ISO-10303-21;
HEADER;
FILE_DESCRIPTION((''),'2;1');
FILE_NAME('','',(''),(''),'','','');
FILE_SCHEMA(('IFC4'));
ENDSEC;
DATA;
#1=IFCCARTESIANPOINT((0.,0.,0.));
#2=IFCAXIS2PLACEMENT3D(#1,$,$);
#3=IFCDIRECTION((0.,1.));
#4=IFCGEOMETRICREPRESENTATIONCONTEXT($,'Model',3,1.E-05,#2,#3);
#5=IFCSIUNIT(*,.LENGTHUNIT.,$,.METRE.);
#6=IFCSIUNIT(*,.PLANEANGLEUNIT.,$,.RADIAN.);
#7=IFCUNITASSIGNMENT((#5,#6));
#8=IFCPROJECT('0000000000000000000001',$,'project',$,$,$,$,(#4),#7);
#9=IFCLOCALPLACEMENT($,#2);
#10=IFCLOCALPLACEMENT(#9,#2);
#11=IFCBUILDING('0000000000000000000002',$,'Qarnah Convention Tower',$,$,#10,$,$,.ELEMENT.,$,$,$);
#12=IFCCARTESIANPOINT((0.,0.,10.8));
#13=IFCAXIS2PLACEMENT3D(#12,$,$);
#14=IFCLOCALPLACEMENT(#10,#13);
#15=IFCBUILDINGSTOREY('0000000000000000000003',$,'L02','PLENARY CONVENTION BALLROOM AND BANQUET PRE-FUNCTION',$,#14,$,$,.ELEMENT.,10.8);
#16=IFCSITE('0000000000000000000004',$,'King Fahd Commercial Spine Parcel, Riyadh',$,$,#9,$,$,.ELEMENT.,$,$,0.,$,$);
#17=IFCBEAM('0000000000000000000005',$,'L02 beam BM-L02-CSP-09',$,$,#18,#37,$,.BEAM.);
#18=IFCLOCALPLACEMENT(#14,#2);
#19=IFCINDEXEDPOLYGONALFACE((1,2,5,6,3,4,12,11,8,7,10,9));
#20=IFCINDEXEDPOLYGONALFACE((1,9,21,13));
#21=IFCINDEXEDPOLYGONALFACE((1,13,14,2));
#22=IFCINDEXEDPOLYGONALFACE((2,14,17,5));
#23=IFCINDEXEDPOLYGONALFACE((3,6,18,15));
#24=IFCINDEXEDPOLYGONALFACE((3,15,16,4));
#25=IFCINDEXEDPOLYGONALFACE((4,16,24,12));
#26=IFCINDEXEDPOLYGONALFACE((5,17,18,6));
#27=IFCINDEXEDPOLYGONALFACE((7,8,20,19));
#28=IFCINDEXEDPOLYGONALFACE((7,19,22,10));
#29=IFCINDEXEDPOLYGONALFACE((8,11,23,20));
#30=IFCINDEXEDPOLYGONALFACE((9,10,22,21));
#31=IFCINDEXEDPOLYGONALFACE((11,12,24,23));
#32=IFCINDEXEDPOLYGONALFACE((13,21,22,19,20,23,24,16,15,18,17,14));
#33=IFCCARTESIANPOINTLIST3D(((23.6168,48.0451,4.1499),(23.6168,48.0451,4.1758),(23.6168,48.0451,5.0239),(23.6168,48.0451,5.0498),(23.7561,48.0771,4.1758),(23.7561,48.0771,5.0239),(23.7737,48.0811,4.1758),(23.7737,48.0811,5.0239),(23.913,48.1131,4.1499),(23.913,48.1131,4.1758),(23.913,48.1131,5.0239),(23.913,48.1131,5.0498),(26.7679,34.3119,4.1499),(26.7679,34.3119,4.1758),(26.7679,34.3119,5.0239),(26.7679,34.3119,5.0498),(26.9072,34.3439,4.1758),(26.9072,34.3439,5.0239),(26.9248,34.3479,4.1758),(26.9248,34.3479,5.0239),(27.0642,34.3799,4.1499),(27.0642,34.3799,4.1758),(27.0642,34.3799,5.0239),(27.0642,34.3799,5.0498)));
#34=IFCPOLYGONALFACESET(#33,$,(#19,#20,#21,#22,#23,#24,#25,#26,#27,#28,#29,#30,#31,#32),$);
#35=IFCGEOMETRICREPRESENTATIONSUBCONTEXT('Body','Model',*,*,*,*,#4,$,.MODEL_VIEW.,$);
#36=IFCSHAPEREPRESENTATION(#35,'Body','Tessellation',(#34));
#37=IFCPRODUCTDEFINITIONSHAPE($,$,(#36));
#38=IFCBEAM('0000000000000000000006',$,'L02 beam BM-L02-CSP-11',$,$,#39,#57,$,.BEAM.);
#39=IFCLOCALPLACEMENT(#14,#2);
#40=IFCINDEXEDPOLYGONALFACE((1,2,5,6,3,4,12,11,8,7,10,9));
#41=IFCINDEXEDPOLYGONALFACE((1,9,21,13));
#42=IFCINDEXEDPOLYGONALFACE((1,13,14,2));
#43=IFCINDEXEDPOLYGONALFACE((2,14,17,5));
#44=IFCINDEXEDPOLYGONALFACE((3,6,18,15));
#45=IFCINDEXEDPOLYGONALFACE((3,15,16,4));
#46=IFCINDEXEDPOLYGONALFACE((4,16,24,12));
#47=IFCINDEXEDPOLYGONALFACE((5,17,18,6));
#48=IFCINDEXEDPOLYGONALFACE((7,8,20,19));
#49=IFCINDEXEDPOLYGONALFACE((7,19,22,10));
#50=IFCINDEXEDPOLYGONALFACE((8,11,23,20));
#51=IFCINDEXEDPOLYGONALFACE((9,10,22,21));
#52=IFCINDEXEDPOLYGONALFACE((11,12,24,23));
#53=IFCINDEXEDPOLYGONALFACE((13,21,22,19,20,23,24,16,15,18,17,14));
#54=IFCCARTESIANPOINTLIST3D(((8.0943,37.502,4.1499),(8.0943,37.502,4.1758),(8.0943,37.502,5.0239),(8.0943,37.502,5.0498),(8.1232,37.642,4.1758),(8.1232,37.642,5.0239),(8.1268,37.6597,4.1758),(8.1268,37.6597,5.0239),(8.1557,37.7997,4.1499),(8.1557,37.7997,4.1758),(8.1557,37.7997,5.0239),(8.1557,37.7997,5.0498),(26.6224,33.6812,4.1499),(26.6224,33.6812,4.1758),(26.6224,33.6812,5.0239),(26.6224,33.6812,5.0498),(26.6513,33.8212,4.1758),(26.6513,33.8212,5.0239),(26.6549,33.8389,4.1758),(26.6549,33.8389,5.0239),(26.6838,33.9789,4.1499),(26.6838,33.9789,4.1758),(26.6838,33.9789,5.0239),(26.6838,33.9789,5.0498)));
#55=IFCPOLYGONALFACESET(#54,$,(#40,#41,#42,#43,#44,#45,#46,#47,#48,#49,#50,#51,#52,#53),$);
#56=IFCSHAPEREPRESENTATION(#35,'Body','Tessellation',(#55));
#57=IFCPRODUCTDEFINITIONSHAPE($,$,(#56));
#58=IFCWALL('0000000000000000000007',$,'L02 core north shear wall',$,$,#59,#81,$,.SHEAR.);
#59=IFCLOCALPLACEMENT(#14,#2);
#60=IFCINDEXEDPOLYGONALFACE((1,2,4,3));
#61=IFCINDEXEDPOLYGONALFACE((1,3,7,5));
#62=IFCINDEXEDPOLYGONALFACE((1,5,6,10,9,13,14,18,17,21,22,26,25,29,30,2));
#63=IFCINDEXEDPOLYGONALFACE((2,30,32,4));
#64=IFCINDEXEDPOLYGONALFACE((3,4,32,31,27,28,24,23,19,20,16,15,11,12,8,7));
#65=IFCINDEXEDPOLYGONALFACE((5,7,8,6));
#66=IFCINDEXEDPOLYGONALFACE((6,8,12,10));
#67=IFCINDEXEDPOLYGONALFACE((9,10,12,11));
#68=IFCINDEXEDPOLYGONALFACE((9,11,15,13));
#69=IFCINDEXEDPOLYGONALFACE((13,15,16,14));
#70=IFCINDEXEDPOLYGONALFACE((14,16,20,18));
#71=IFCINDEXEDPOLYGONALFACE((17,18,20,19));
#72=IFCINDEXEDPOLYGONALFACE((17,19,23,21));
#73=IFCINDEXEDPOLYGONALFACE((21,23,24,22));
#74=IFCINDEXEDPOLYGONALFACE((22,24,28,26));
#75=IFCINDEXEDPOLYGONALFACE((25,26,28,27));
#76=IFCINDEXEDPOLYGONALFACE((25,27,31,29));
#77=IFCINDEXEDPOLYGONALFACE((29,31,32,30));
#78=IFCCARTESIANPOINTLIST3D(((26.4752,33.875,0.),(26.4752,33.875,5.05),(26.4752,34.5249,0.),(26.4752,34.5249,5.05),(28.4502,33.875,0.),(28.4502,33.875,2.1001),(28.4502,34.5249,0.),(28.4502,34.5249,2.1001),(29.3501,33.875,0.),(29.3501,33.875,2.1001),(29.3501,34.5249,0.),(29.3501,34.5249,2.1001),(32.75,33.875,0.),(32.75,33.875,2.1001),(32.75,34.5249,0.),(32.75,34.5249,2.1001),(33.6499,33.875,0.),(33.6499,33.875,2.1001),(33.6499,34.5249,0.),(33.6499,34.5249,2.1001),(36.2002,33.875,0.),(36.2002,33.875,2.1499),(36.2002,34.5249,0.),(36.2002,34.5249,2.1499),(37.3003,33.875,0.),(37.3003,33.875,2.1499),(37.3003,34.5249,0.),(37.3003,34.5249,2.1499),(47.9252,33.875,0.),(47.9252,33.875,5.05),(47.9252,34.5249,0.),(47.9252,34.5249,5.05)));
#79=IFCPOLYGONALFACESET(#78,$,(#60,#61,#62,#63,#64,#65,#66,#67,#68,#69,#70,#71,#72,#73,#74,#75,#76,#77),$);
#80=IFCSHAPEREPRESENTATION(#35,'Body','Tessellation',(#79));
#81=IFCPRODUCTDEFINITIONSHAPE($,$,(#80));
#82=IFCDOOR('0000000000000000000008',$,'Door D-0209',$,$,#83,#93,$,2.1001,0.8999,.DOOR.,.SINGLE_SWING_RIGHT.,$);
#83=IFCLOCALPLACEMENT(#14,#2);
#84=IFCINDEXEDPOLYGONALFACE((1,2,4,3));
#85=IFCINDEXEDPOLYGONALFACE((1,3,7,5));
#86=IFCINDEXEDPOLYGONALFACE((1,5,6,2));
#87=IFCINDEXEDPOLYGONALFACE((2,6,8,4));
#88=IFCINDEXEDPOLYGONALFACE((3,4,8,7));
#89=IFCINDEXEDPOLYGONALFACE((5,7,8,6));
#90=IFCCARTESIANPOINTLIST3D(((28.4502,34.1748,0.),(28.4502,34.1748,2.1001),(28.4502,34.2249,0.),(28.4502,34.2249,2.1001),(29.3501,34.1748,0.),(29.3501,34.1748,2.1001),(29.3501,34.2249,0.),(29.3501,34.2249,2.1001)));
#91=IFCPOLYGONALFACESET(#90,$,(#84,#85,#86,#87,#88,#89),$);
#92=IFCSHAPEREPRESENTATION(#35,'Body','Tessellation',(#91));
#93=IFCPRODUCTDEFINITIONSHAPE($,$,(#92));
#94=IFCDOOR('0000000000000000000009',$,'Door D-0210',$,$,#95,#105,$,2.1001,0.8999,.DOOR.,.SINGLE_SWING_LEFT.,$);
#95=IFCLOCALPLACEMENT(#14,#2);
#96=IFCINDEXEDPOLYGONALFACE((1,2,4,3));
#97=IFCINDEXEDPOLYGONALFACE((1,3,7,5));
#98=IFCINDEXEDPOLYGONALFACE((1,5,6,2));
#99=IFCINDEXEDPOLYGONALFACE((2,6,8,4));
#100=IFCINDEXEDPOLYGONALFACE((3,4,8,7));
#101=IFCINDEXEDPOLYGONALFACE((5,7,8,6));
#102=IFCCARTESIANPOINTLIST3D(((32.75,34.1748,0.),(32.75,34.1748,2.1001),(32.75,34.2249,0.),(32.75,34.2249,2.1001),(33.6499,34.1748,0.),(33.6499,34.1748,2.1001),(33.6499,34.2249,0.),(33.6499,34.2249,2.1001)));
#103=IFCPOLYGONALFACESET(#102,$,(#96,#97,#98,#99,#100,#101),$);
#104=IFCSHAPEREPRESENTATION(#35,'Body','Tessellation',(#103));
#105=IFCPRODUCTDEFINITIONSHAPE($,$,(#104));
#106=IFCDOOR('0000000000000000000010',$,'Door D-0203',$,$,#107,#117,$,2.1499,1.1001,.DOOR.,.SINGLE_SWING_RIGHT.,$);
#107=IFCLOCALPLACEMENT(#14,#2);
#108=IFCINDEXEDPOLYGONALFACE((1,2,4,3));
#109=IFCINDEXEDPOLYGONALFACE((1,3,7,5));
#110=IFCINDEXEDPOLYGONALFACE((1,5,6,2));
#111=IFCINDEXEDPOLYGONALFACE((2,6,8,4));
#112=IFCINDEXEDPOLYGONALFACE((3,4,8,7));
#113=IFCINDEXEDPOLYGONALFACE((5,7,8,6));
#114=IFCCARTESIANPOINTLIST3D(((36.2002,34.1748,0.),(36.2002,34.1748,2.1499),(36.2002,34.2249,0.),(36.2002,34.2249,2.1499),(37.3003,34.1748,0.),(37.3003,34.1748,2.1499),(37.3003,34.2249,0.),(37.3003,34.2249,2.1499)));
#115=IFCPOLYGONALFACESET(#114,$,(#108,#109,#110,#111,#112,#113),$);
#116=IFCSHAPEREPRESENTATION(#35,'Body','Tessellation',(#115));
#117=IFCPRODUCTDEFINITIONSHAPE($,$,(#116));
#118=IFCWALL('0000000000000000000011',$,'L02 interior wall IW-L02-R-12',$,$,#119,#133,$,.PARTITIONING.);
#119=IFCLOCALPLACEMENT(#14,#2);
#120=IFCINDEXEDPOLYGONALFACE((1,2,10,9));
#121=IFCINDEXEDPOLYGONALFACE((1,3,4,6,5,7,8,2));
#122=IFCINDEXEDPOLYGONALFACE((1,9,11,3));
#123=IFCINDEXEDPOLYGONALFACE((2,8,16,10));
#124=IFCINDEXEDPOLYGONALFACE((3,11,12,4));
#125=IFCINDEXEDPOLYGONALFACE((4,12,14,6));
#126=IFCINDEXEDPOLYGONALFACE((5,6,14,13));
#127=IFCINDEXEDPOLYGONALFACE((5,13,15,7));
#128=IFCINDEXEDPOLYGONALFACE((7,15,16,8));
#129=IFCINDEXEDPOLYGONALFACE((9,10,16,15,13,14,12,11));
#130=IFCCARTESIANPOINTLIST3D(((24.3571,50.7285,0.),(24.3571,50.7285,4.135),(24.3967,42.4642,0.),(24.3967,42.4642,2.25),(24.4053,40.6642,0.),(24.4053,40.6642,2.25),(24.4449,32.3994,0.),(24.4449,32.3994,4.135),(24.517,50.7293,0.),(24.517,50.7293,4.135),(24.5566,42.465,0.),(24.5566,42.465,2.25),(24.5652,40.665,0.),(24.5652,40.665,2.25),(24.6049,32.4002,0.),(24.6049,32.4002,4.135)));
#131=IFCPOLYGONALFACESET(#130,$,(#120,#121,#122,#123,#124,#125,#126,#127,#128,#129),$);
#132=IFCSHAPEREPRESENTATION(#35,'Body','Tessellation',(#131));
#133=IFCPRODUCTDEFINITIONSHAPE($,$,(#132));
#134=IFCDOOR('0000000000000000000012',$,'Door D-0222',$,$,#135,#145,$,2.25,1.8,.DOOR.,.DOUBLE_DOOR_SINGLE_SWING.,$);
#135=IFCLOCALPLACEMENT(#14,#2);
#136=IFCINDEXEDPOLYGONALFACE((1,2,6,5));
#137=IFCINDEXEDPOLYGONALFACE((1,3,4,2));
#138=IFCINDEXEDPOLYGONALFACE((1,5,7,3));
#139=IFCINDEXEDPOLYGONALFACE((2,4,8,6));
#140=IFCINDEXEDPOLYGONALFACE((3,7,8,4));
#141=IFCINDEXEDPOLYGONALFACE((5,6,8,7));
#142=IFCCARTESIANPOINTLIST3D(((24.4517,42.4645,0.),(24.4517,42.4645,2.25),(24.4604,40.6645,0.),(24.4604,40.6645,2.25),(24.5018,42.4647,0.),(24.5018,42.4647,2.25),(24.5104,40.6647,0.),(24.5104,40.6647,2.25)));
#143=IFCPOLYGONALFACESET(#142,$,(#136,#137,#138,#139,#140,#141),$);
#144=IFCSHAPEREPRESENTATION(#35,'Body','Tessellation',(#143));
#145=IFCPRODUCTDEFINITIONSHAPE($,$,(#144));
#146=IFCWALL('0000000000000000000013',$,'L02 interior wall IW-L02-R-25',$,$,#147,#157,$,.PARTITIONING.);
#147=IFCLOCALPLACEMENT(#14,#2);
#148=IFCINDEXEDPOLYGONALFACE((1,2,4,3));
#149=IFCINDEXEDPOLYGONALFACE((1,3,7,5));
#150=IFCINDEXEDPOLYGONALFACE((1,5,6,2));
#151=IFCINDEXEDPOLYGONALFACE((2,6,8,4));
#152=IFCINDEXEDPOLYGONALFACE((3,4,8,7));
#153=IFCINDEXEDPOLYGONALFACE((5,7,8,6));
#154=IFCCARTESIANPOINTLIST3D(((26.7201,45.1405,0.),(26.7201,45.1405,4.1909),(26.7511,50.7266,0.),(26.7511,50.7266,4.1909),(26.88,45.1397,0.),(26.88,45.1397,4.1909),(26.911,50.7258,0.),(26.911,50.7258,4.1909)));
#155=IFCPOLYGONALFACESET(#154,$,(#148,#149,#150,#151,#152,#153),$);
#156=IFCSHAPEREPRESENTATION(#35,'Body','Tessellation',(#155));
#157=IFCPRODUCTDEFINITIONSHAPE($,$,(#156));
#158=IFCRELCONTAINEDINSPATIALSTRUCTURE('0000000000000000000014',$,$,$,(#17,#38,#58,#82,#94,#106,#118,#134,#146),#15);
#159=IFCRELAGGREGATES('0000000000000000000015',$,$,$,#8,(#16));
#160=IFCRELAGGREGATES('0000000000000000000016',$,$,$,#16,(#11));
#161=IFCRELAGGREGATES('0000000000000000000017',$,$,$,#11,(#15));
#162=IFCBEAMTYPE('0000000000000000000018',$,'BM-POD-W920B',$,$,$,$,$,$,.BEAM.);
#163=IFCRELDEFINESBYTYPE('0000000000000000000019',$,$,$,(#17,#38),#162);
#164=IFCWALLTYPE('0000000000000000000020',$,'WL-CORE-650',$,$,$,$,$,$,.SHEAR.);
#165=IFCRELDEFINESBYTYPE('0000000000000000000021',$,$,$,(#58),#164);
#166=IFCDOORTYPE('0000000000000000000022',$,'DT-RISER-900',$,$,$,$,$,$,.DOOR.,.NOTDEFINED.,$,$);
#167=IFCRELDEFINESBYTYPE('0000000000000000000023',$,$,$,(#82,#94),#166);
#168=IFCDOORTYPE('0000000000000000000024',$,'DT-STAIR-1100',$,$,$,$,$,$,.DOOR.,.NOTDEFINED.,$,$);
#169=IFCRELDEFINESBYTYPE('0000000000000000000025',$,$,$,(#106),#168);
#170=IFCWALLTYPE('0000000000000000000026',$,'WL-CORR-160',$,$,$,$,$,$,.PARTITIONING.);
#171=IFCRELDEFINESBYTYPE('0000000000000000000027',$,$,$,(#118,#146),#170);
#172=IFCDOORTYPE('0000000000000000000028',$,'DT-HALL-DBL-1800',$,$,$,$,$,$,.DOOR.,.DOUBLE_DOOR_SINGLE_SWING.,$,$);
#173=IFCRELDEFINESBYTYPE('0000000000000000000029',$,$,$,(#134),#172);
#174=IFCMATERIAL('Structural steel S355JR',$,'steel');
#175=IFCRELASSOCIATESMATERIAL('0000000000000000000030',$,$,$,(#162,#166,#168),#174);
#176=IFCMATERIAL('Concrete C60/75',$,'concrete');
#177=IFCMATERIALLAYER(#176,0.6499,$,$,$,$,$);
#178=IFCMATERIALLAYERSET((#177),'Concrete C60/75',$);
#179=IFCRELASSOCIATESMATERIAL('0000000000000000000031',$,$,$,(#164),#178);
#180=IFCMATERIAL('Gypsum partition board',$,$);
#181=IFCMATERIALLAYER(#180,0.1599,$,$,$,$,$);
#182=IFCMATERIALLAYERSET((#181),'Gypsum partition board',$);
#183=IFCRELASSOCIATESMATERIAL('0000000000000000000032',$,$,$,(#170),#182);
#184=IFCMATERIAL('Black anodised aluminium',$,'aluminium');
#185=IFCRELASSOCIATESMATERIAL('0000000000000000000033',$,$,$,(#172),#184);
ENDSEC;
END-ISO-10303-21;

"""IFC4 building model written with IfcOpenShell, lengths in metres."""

from ifc_helpers import new_model, si_unit, direction, frame, frame_2d, origin, origin_2d, place, context, subcontext, project, spatial, rectangle, i_section, extrude, material, layer, layer_set, material_profile, profile_set, type_object, element, fill, save


model = new_model("IFC4")

# Units and contexts
model_context = context("Model", 3, precision=1e-05, world=origin(), true_north=direction((0.0, 1.0)))
body_context = subcontext(model_context, "Body", "Model", "MODEL_VIEW")
ifc_project = project(units=[si_unit("LENGTHUNIT", "METRE"), si_unit("PLANEANGLEUNIT", "RADIAN")], contexts=[model_context])

# Site, building, storey
site_placement = place(None, origin())
site = spatial("IfcSite", under=ifc_project, at=site_placement, Name="King Fahd Commercial Spine Parcel, Riyadh", CompositionType="ELEMENT", RefElevation=0.0)
building_placement = place(site_placement, origin())
building = spatial("IfcBuilding", under=site, at=building_placement, Name="Qarnah Convention Tower", CompositionType="ELEMENT")
storey_placement = place(building_placement, frame((0.0, 0.0, 10.8)))
storey = spatial("IfcBuildingStorey", under=building, at=storey_placement, Name="L02", Description="PLENARY CONVENTION BALLROOM AND BANQUET PRE-FUNCTION", CompositionType="ELEMENT", Elevation=10.8)

# Shared definitions
ifc_material_1 = material(Name="Concrete C60/75", Category="concrete")

# Beams
ifc_material_2 = material(Name="Structural steel S355JR", Category="steel")
ifc_material_profile_1 = material_profile(ifc_material_2, i_section(OverallWidth=0.304, OverallDepth=0.8999, WebThickness=0.0181, FlangeThickness=0.0259, at=origin_2d()), Name="W920X271")
ifc_profile_set_1 = profile_set([ifc_material_profile_1], Name="Structural steel S355JR")
beam_type_1 = type_object("IfcBeamType", Name="BM-POD-W920B", PredefinedType="BEAM", material=ifc_profile_set_1)
beam_1_placement = place(storey_placement, frame((23.7649, 48.0791, 4.5999), z_axis=(0.223642, -0.974671, 0.0), x_axis=(0.974671, 0.223642, 0.0)))
element("IfcBeam", 1, at=beam_1_placement, inside=storey, type_object=beam_type_1, Name="L02 beam BM-L02-CSP-09", PredefinedType="BEAM", context=body_context, shape_type="SweptSolid", body=[
    extrude(i_section(OverallWidth=0.304, OverallDepth=0.8999, WebThickness=0.0181, FlangeThickness=0.0259, at=origin_2d()), origin(), (0.0, 0.0, 1.0), 14.0901),
])
beam_2_placement = place(storey_placement, frame((8.125, 37.6509, 4.5999), z_axis=(0.979392, -0.201967, 0.0), x_axis=(0.201967, 0.979392, 0.0)))
element("IfcBeam", 2, at=beam_2_placement, inside=storey, type_object=beam_type_1, Name="L02 beam BM-L02-CSP-11", PredefinedType="BEAM", context=body_context, shape_type="SweptSolid", body=[
    extrude(i_section(OverallWidth=0.304, OverallDepth=0.8999, WebThickness=0.0181, FlangeThickness=0.0259, at=origin_2d()), origin(), (0.0, 0.0, 1.0), 18.918),
])

# Wall, openings, doors
ifc_layer_1 = layer(ifc_material_1, 0.6499)
ifc_layer_set_1 = layer_set([ifc_layer_1], Name="Concrete C60/75")
wall_type_1 = type_object("IfcWallType", Name="WL-CORE-650", PredefinedType="SHEAR", material=ifc_layer_set_1)
wall_1_placement = place(storey_placement, frame((26.4751, 34.2, 0.0), z_axis=(0.0, 0.0, 1.0), x_axis=(1.0, 0.0, 0.0)))
wall_1 = element("IfcWall", 3, at=wall_1_placement, inside=storey, type_object=wall_type_1, Name="L02 core north shear wall", PredefinedType="SHEAR", context=body_context, shape_type="SweptSolid", body=[
    extrude(rectangle(XDim=21.45, YDim=0.6499, at=frame_2d((10.7251, 0.0))), origin(), (0.0, 0.0, 1.0), 5.05),
])
opening_1_placement = place(wall_1_placement, frame((9.7251, 0.0, 0.0)))
opening_1 = element("IfcOpeningElement", 4, at=opening_1_placement, cuts=wall_1, PredefinedType="OPENING", context=body_context, shape_type="SweptSolid", body=[
    extrude(rectangle(XDim=1.1001, YDim=2.1499, at=frame_2d((0.55, 1.075))), frame((0.0, 0.335, 0.0), z_axis=(0.0, -1.0, 0.0), x_axis=(1.0, 0.0, 0.0)), (0.0, 0.0, 1.0), 0.6699),
])
opening_2_placement = place(wall_1_placement, frame((1.9751, 0.0, 0.0)))
opening_2 = element("IfcOpeningElement", 5, at=opening_2_placement, cuts=wall_1, PredefinedType="OPENING", context=body_context, shape_type="SweptSolid", body=[
    extrude(rectangle(XDim=0.8999, YDim=2.1001, at=frame_2d((0.45, 1.05))), frame((0.0, 0.335, 0.0), z_axis=(0.0, -1.0, 0.0), x_axis=(1.0, 0.0, 0.0)), (0.0, 0.0, 1.0), 0.6699),
])
opening_3_placement = place(wall_1_placement, frame((6.2749, 0.0, 0.0)))
opening_3 = element("IfcOpeningElement", 6, at=opening_3_placement, cuts=wall_1, PredefinedType="OPENING", context=body_context, shape_type="SweptSolid", body=[
    extrude(rectangle(XDim=0.8999, YDim=2.1001, at=frame_2d((0.45, 1.05))), frame((0.0, 0.335, 0.0), z_axis=(0.0, -1.0, 0.0), x_axis=(1.0, 0.0, 0.0)), (0.0, 0.0, 1.0), 0.6699),
])
door_type_1 = type_object("IfcDoorType", Name="DT-RISER-900", OperationType="NOTDEFINED", PredefinedType="DOOR", material=ifc_material_2)
door_1_placement = place(opening_2_placement, origin())
door_1 = element("IfcDoor", 7, at=door_1_placement, inside=storey, type_object=door_type_1, Name="Door D-0209", OperationType="SINGLE_SWING_RIGHT", OverallHeight=2.1001, OverallWidth=0.8999, PredefinedType="DOOR", context=body_context, shape_type="SweptSolid", body=[
    extrude(rectangle(XDim=0.8999, YDim=2.1001, at=frame_2d((0.45, 1.05))), frame((0.0, 0.0249, 0.0), z_axis=(0.0, -1.0, 0.0), x_axis=(1.0, 0.0, 0.0)), (0.0, 0.0, 1.0), 0.05),
])
fill(opening_2, door_1)
door_2_placement = place(opening_3_placement, origin())
door_2 = element("IfcDoor", 8, at=door_2_placement, inside=storey, type_object=door_type_1, Name="Door D-0210", OperationType="SINGLE_SWING_LEFT", OverallHeight=2.1001, OverallWidth=0.8999, PredefinedType="DOOR", context=body_context, shape_type="SweptSolid", body=[
    extrude(rectangle(XDim=0.8999, YDim=2.1001, at=frame_2d((0.45, 1.05))), frame((0.0, 0.0249, 0.0), z_axis=(0.0, -1.0, 0.0), x_axis=(1.0, 0.0, 0.0)), (0.0, 0.0, 1.0), 0.05),
])
fill(opening_3, door_2)
door_type_2 = type_object("IfcDoorType", Name="DT-STAIR-1100", OperationType="NOTDEFINED", PredefinedType="DOOR", material=ifc_material_2)
door_3_placement = place(opening_1_placement, origin())
door_3 = element("IfcDoor", 9, at=door_3_placement, inside=storey, type_object=door_type_2, Name="Door D-0203", OperationType="SINGLE_SWING_RIGHT", OverallHeight=2.1499, OverallWidth=1.1001, PredefinedType="DOOR", context=body_context, shape_type="SweptSolid", body=[
    extrude(rectangle(XDim=1.1001, YDim=2.1499, at=frame_2d((0.55, 1.075))), frame((0.0, 0.0249, 0.0), z_axis=(0.0, -1.0, 0.0), x_axis=(1.0, 0.0, 0.0)), (0.0, 0.0, 1.0), 0.05),
])
fill(opening_1, door_3)

# Wall, opening, door
ifc_material_3 = material(Name="Gypsum partition board")
ifc_layer_2 = layer(ifc_material_3, 0.1599)
ifc_layer_set_2 = layer_set([ifc_layer_2], Name="Gypsum partition board")
wall_type_2 = type_object("IfcWallType", Name="WL-CORR-160", PredefinedType="PARTITIONING", material=ifc_layer_set_2)
wall_2_placement = place(storey_placement, frame((24.5249, 32.3999, 0.0), z_axis=(0.0, 0.0, 1.0), x_axis=(-0.004795, 0.999989, 0.0)))
wall_2 = element("IfcWall", 10, at=wall_2_placement, inside=storey, type_object=wall_type_2, Name="L02 interior wall IW-L02-R-12", PredefinedType="PARTITIONING", context=body_context, shape_type="SweptSolid", body=[
    extrude(rectangle(XDim=18.3293, YDim=0.1599, at=frame_2d((9.1646, 0.0))), origin(), (0.0, 0.0, 1.0), 4.135),
])
opening_4_placement = place(wall_2_placement, frame((8.2649, 0.0, 0.0)))
opening_4 = element("IfcOpeningElement", 11, at=opening_4_placement, cuts=wall_2, PredefinedType="OPENING", context=body_context, shape_type="SweptSolid", body=[
    extrude(rectangle(XDim=1.8, YDim=2.25, at=frame_2d((0.8999, 1.125))), frame((0.0, 0.0898, 0.0), z_axis=(0.0, -1.0, 0.0), x_axis=(1.0, 0.0, 0.0)), (0.0, 0.0, 1.0), 0.1799),
])
ifc_material_4 = material(Name="Black anodised aluminium", Category="aluminium")
door_type_3 = type_object("IfcDoorType", Name="DT-HALL-DBL-1800", OperationType="DOUBLE_DOOR_SINGLE_SWING", PredefinedType="DOOR", material=ifc_material_4)
door_4_placement = place(opening_4_placement, origin())
door_4 = element("IfcDoor", 12, at=door_4_placement, inside=storey, type_object=door_type_3, Name="Door D-0222", OperationType="DOUBLE_DOOR_SINGLE_SWING", OverallHeight=2.25, OverallWidth=1.8, PredefinedType="DOOR", context=body_context, shape_type="SweptSolid", body=[
    extrude(rectangle(XDim=1.8, YDim=2.25, at=frame_2d((0.8999, 1.125))), frame((0.0, 0.0249, 0.0), z_axis=(0.0, -1.0, 0.0), x_axis=(1.0, 0.0, 0.0)), (0.0, 0.0, 1.0), 0.05),
])
fill(opening_4, door_4)

# Wall
wall_3_placement = place(storey_placement, frame((26.8311, 50.7261, 0.0), z_axis=(0.0, 0.0, 1.0), x_axis=(-0.00555, -0.999985, 0.0)))
element("IfcWall", 13, at=wall_3_placement, inside=storey, type_object=wall_type_2, Name="L02 interior wall IW-L02-R-25", PredefinedType="PARTITIONING", context=body_context, shape_type="SweptSolid", body=[
    extrude(rectangle(XDim=5.5862, YDim=0.1599, at=frame_2d((2.793, 0.0))), origin(), (0.0, 0.0, 1.0), 4.1909),
])

save(model, "model.ifc")
